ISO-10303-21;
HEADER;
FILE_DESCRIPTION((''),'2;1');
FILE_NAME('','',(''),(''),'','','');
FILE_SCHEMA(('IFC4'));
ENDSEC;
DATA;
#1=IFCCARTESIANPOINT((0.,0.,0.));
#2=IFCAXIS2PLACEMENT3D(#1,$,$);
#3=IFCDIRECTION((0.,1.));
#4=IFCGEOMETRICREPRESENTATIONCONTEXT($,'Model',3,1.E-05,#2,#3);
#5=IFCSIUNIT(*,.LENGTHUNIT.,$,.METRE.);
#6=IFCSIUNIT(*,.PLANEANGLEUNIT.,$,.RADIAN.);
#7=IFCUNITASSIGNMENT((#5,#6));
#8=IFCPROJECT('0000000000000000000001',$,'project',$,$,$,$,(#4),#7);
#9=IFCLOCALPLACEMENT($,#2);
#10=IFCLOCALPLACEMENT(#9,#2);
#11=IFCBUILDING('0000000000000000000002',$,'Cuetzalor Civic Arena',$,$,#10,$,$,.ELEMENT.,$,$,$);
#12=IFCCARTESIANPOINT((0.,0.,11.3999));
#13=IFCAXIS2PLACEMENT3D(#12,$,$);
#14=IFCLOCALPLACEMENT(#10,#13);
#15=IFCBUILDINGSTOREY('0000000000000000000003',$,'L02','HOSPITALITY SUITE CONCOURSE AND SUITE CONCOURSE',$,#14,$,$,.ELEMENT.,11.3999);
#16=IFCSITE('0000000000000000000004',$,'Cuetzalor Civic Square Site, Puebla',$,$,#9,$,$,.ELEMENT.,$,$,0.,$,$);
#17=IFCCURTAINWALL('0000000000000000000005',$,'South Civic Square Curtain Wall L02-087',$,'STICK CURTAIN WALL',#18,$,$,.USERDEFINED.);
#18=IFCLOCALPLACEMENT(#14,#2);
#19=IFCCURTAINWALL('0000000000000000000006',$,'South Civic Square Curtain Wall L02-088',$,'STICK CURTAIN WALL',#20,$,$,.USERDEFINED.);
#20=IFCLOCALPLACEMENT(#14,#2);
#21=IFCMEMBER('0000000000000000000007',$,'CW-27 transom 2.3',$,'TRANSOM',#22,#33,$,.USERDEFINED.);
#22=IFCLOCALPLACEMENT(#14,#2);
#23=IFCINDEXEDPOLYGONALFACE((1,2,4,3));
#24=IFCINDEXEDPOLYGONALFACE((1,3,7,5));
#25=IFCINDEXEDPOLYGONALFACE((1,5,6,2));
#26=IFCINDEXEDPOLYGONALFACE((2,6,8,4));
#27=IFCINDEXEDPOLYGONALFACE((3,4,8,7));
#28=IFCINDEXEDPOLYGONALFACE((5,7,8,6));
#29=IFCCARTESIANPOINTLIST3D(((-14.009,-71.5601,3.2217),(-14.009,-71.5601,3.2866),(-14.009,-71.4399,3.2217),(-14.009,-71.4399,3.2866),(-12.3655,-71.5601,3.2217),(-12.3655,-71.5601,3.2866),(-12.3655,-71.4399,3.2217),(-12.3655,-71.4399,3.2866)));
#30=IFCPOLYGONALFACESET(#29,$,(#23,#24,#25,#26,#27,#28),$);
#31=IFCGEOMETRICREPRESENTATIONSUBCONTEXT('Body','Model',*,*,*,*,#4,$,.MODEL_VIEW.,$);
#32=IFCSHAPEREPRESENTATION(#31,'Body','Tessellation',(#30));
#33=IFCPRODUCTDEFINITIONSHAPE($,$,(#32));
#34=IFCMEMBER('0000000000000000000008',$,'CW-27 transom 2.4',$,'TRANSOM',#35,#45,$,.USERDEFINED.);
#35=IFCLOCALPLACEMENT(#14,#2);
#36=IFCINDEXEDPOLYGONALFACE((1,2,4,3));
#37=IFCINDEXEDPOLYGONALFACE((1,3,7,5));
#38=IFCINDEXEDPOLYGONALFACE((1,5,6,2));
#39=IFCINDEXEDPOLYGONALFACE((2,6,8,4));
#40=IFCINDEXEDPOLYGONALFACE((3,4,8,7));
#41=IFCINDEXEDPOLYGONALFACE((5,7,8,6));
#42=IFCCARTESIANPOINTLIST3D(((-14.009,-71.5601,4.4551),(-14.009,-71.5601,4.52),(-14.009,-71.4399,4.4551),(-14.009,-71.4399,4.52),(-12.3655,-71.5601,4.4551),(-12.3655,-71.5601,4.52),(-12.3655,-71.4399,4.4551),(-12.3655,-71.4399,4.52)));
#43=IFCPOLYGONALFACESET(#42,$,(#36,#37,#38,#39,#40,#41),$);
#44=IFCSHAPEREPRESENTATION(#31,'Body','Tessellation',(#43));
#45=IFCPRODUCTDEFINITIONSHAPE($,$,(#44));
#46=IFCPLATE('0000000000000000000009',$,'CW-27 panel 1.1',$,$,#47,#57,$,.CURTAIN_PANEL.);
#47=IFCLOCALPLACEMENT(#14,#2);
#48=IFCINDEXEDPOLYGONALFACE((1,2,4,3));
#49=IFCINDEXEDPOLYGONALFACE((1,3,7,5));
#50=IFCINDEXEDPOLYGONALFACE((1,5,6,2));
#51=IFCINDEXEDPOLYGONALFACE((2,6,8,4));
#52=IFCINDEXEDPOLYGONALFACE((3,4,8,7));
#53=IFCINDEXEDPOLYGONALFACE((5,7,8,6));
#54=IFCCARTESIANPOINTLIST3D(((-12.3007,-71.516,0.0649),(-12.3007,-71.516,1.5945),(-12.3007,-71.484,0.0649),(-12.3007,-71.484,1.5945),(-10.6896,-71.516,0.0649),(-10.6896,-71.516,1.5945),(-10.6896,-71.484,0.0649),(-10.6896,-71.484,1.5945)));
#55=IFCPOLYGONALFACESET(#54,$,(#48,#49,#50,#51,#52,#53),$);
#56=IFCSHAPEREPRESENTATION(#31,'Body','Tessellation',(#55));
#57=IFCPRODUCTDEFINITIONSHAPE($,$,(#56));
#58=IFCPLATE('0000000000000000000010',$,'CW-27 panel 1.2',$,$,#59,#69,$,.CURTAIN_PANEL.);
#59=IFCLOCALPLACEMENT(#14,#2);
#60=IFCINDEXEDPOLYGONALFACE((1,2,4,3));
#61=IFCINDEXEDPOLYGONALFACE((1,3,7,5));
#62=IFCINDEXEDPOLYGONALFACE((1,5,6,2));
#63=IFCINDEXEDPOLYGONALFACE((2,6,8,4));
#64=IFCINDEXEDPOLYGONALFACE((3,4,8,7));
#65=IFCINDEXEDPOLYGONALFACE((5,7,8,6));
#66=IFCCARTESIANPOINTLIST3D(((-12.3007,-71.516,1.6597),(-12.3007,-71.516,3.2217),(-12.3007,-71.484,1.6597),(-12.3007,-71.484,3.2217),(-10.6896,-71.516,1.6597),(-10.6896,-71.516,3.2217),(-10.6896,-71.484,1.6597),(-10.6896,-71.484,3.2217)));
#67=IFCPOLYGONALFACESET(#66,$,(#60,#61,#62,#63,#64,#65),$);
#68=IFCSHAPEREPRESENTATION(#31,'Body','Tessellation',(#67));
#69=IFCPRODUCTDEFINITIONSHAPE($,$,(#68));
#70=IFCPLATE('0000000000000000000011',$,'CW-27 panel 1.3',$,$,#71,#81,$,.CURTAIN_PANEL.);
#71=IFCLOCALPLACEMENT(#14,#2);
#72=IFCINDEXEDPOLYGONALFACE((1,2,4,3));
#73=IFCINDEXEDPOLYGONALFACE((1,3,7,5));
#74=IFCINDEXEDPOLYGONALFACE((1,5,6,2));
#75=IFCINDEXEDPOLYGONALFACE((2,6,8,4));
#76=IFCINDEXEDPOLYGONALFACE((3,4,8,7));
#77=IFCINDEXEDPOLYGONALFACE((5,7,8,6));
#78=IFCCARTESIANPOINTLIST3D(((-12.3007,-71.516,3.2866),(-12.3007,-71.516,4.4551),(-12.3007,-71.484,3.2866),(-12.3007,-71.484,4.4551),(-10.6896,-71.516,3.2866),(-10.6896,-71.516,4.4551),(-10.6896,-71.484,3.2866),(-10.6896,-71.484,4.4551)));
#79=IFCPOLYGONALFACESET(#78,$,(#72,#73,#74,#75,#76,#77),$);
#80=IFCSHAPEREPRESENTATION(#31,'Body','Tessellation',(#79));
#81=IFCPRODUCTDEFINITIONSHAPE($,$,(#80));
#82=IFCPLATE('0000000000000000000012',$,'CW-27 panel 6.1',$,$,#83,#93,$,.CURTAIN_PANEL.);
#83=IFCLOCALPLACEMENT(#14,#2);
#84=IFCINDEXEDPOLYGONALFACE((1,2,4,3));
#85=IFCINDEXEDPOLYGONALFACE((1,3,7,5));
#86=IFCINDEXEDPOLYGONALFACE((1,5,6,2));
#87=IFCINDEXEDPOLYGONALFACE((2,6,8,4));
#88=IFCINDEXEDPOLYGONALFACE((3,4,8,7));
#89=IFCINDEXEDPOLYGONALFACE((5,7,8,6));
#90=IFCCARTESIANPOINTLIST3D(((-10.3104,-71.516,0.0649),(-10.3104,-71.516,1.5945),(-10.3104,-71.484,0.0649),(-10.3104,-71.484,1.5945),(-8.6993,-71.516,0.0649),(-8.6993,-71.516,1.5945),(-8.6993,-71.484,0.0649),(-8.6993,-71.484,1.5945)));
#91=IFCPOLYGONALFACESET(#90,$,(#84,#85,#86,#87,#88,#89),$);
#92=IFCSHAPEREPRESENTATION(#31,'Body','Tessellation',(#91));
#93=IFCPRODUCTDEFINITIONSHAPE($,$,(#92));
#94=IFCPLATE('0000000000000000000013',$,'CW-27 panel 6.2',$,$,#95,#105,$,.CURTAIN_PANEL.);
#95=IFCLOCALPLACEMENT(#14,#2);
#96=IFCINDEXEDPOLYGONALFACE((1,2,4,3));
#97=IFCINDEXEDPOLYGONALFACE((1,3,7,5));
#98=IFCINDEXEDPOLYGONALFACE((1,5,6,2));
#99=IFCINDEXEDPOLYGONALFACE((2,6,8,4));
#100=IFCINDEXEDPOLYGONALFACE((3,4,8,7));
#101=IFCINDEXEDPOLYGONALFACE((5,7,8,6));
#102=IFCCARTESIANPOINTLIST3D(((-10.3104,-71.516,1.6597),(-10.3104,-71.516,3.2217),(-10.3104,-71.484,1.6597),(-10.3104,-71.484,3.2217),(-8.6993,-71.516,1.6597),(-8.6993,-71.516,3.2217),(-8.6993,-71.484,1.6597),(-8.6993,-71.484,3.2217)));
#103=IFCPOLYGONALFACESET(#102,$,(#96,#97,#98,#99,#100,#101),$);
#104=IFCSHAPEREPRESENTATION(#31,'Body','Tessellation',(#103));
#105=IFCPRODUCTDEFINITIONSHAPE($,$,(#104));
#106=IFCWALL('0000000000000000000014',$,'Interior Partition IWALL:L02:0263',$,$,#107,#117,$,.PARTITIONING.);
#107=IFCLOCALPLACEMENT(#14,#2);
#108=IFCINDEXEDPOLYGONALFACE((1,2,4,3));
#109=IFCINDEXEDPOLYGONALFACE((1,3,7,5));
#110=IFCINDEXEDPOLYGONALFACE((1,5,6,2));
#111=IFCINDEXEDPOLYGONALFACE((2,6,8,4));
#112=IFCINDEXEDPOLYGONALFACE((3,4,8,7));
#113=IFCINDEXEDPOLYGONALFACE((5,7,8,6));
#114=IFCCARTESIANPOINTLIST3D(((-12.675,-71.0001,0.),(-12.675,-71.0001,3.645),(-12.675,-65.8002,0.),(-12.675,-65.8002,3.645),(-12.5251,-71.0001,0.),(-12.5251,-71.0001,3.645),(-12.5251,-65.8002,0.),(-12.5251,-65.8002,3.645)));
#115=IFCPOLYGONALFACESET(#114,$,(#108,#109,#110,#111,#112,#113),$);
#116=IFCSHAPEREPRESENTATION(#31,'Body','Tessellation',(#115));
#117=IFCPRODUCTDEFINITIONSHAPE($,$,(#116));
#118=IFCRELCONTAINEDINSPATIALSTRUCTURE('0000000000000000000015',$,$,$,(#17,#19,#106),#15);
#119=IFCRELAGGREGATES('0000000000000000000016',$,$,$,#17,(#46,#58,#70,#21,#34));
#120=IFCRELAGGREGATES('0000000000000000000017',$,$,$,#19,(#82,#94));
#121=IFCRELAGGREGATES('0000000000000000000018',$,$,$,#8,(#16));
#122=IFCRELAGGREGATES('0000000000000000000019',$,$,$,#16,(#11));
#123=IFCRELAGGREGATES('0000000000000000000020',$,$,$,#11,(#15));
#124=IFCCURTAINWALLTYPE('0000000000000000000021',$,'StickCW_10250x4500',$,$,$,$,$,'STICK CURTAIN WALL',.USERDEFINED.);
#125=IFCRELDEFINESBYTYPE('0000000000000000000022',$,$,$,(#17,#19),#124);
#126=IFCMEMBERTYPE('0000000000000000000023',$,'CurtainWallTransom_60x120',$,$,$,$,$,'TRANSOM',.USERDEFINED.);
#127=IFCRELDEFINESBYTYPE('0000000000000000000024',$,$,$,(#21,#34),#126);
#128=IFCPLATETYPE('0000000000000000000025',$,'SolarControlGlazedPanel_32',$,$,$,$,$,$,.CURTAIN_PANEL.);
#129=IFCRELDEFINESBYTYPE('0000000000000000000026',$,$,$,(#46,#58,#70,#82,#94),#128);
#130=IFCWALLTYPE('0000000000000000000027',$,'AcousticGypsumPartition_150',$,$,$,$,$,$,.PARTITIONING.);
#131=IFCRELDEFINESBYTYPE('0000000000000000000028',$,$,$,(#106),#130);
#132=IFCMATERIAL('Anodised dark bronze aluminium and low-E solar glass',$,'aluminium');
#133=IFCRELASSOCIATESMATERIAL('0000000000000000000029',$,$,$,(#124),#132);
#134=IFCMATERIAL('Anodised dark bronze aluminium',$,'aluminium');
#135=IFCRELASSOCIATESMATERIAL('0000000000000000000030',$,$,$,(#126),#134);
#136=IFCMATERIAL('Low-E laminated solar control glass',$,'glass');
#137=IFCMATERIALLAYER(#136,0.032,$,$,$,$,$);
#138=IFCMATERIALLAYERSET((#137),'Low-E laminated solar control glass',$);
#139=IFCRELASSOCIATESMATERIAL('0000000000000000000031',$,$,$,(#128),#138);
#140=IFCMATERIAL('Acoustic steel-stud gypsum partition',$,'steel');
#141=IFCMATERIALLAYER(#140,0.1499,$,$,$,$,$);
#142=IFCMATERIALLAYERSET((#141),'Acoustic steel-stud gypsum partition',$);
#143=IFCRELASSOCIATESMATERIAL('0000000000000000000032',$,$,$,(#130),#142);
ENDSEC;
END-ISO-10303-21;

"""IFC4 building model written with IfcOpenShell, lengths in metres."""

from ifc_helpers import new_model, si_unit, direction, frame, frame_2d, origin, origin_2d, place, context, subcontext, project, spatial, rectangle, extrude, material, layer, layer_set, material_profile, profile_set, type_object, element, aggregate, save


model = new_model("IFC4")

# Units and contexts
model_context = context("Model", 3, precision=1e-05, world=origin(), true_north=direction((0.0, 1.0)))
body_context = subcontext(model_context, "Body", "Model", "MODEL_VIEW")
ifc_project = project(units=[si_unit("LENGTHUNIT", "METRE"), si_unit("PLANEANGLEUNIT", "RADIAN")], contexts=[model_context])

# Site, building, storey
site_placement = place(None, origin())
site = spatial("IfcSite", under=ifc_project, at=site_placement, Name="Cuetzalor Civic Square Site, Puebla", CompositionType="ELEMENT", RefElevation=0.0)
building_placement = place(site_placement, origin())
building = spatial("IfcBuilding", under=site, at=building_placement, Name="Cuetzalor Civic Arena", CompositionType="ELEMENT")
storey_placement = place(building_placement, frame((0.0, 0.0, 11.3999)))
storey = spatial("IfcBuildingStorey", under=building, at=storey_placement, Name="L02", Description="HOSPITALITY SUITE CONCOURSE AND SUITE CONCOURSE", CompositionType="ELEMENT", Elevation=11.3999)

# Curtain wall
ifc_material_1 = material(Name="Anodised dark bronze aluminium and low-E solar glass", Category="aluminium")
curtain_wall_type = type_object("IfcCurtainWallType", Name="StickCW_10250x4500", ElementType="STICK CURTAIN WALL", PredefinedType="USERDEFINED", material=ifc_material_1)
curtain_wall_1_placement = place(storey_placement, origin())
curtain_wall_1 = element("IfcCurtainWall", 1, at=curtain_wall_1_placement, inside=storey, type_object=curtain_wall_type, Name="South Civic Square Curtain Wall L02-087", ObjectType="STICK CURTAIN WALL", PredefinedType="USERDEFINED")

# Curtain wall
curtain_wall_2_placement = place(storey_placement, origin())
curtain_wall_2 = element("IfcCurtainWall", 2, at=curtain_wall_2_placement, inside=storey, type_object=curtain_wall_type, Name="South Civic Square Curtain Wall L02-088", ObjectType="STICK CURTAIN WALL", PredefinedType="USERDEFINED")

# Members
ifc_material_2 = material(Name="Anodised dark bronze aluminium", Category="aluminium")
ifc_material_profile_1 = material_profile(ifc_material_2, rectangle(XDim=0.1201, YDim=0.0649, at=origin_2d()), Name="ALU TRANSOM 65x120")
ifc_profile_set_1 = profile_set([ifc_material_profile_1], Name="Anodised dark bronze aluminium")
member_type_1 = type_object("IfcMemberType", Name="CurtainWallTransom_60x120", ElementType="TRANSOM", PredefinedType="USERDEFINED", material=ifc_profile_set_1)
member_1_placement = place(storey_placement, frame((-12.3655, -71.5, 3.2542), z_axis=(-1.0, 0.0, 0.0), x_axis=(0.0, -1.0, 0.0)))
member_1 = element("IfcMember", 3, at=member_1_placement, type_object=member_type_1, Name="CW-27 transom 2.3", ObjectType="TRANSOM", PredefinedType="USERDEFINED", context=body_context, shape_type="SweptSolid", body=[
    extrude(rectangle(XDim=0.1201, YDim=0.0649, at=origin_2d()), origin(), (0.0, 0.0, 1.0), 1.6436),
])
member_2_placement = place(storey_placement, frame((-12.3655, -71.5, 4.4875), z_axis=(-1.0, 0.0, 0.0), x_axis=(0.0, -1.0, 0.0)))
member_2 = element("IfcMember", 4, at=member_2_placement, type_object=member_type_1, Name="CW-27 transom 2.4", ObjectType="TRANSOM", PredefinedType="USERDEFINED", context=body_context, shape_type="SweptSolid", body=[
    extrude(rectangle(XDim=0.1201, YDim=0.0649, at=origin_2d()), origin(), (0.0, 0.0, 1.0), 1.6436),
])

# Plates
ifc_material_3 = material(Name="Low-E laminated solar control glass", Category="glass")
ifc_layer_1 = layer(ifc_material_3, 0.032)
ifc_layer_set_1 = layer_set([ifc_layer_1], Name="Low-E laminated solar control glass")
plate_type = type_object("IfcPlateType", Name="SolarControlGlazedPanel_32", PredefinedType="CURTAIN_PANEL", material=ifc_layer_set_1)
plate_1_placement = place(storey_placement, frame((-11.4951, -71.5, 0.0649), z_axis=(0.0, 0.0, 1.0), x_axis=(-1.0, 0.0, 0.0)))
plate_1 = element("IfcPlate", 5, at=plate_1_placement, type_object=plate_type, Name="CW-27 panel 1.1", PredefinedType="CURTAIN_PANEL", context=body_context, shape_type="SweptSolid", body=[
    extrude(rectangle(XDim=1.6111, YDim=0.032, at=origin_2d()), origin(), (0.0, 0.0, 1.0), 1.5295),
])
plate_2_placement = place(storey_placement, frame((-11.4951, -71.5, 1.6597), z_axis=(0.0, 0.0, 1.0), x_axis=(-1.0, 0.0, 0.0)))
plate_2 = element("IfcPlate", 6, at=plate_2_placement, type_object=plate_type, Name="CW-27 panel 1.2", PredefinedType="CURTAIN_PANEL", context=body_context, shape_type="SweptSolid", body=[
    extrude(rectangle(XDim=1.6111, YDim=0.032, at=origin_2d()), origin(), (0.0, 0.0, 1.0), 1.562),
])
plate_3_placement = place(storey_placement, frame((-11.4951, -71.5, 3.2866), z_axis=(0.0, 0.0, 1.0), x_axis=(-1.0, 0.0, 0.0)))
plate_3 = element("IfcPlate", 7, at=plate_3_placement, type_object=plate_type, Name="CW-27 panel 1.3", PredefinedType="CURTAIN_PANEL", context=body_context, shape_type="SweptSolid", body=[
    extrude(rectangle(XDim=1.6111, YDim=0.032, at=origin_2d()), origin(), (0.0, 0.0, 1.0), 1.1685),
])
aggregate(curtain_wall_1, [plate_1, plate_2, plate_3, member_1, member_2])
plate_4_placement = place(storey_placement, frame((-9.5049, -71.5, 0.0649), z_axis=(0.0, 0.0, 1.0), x_axis=(-1.0, 0.0, 0.0)))
plate_4 = element("IfcPlate", 8, at=plate_4_placement, type_object=plate_type, Name="CW-27 panel 6.1", PredefinedType="CURTAIN_PANEL", context=body_context, shape_type="SweptSolid", body=[
    extrude(rectangle(XDim=1.6111, YDim=0.032, at=origin_2d()), origin(), (0.0, 0.0, 1.0), 1.5295),
])
plate_5_placement = place(storey_placement, frame((-9.5049, -71.5, 1.6597), z_axis=(0.0, 0.0, 1.0), x_axis=(-1.0, 0.0, 0.0)))
plate_5 = element("IfcPlate", 9, at=plate_5_placement, type_object=plate_type, Name="CW-27 panel 6.2", PredefinedType="CURTAIN_PANEL", context=body_context, shape_type="SweptSolid", body=[
    extrude(rectangle(XDim=1.6111, YDim=0.032, at=origin_2d()), origin(), (0.0, 0.0, 1.0), 1.562),
])
aggregate(curtain_wall_2, [plate_4, plate_5])

# Wall
ifc_material_4 = material(Name="Acoustic steel-stud gypsum partition", Category="steel")
ifc_layer_2 = layer(ifc_material_4, 0.1499)
ifc_layer_set_2 = layer_set([ifc_layer_2], Name="Acoustic steel-stud gypsum partition")
wall_type = type_object("IfcWallType", Name="AcousticGypsumPartition_150", PredefinedType="PARTITIONING", material=ifc_layer_set_2)
wall_placement = place(storey_placement, frame((-12.6001, -65.8, 0.0), z_axis=(0.0, 0.0, 1.0), x_axis=(0.0, -1.0, 0.0)))
element("IfcWall", 10, at=wall_placement, inside=storey, type_object=wall_type, Name="Interior Partition IWALL:L02:0263", PredefinedType="PARTITIONING", context=body_context, shape_type="SweptSolid", body=[
    extrude(rectangle(XDim=5.2, YDim=0.1499, at=frame_2d((2.6001, 0.0))), origin(), (0.0, 0.0, 1.0), 3.645),
])

save(model, "model.ifc")
